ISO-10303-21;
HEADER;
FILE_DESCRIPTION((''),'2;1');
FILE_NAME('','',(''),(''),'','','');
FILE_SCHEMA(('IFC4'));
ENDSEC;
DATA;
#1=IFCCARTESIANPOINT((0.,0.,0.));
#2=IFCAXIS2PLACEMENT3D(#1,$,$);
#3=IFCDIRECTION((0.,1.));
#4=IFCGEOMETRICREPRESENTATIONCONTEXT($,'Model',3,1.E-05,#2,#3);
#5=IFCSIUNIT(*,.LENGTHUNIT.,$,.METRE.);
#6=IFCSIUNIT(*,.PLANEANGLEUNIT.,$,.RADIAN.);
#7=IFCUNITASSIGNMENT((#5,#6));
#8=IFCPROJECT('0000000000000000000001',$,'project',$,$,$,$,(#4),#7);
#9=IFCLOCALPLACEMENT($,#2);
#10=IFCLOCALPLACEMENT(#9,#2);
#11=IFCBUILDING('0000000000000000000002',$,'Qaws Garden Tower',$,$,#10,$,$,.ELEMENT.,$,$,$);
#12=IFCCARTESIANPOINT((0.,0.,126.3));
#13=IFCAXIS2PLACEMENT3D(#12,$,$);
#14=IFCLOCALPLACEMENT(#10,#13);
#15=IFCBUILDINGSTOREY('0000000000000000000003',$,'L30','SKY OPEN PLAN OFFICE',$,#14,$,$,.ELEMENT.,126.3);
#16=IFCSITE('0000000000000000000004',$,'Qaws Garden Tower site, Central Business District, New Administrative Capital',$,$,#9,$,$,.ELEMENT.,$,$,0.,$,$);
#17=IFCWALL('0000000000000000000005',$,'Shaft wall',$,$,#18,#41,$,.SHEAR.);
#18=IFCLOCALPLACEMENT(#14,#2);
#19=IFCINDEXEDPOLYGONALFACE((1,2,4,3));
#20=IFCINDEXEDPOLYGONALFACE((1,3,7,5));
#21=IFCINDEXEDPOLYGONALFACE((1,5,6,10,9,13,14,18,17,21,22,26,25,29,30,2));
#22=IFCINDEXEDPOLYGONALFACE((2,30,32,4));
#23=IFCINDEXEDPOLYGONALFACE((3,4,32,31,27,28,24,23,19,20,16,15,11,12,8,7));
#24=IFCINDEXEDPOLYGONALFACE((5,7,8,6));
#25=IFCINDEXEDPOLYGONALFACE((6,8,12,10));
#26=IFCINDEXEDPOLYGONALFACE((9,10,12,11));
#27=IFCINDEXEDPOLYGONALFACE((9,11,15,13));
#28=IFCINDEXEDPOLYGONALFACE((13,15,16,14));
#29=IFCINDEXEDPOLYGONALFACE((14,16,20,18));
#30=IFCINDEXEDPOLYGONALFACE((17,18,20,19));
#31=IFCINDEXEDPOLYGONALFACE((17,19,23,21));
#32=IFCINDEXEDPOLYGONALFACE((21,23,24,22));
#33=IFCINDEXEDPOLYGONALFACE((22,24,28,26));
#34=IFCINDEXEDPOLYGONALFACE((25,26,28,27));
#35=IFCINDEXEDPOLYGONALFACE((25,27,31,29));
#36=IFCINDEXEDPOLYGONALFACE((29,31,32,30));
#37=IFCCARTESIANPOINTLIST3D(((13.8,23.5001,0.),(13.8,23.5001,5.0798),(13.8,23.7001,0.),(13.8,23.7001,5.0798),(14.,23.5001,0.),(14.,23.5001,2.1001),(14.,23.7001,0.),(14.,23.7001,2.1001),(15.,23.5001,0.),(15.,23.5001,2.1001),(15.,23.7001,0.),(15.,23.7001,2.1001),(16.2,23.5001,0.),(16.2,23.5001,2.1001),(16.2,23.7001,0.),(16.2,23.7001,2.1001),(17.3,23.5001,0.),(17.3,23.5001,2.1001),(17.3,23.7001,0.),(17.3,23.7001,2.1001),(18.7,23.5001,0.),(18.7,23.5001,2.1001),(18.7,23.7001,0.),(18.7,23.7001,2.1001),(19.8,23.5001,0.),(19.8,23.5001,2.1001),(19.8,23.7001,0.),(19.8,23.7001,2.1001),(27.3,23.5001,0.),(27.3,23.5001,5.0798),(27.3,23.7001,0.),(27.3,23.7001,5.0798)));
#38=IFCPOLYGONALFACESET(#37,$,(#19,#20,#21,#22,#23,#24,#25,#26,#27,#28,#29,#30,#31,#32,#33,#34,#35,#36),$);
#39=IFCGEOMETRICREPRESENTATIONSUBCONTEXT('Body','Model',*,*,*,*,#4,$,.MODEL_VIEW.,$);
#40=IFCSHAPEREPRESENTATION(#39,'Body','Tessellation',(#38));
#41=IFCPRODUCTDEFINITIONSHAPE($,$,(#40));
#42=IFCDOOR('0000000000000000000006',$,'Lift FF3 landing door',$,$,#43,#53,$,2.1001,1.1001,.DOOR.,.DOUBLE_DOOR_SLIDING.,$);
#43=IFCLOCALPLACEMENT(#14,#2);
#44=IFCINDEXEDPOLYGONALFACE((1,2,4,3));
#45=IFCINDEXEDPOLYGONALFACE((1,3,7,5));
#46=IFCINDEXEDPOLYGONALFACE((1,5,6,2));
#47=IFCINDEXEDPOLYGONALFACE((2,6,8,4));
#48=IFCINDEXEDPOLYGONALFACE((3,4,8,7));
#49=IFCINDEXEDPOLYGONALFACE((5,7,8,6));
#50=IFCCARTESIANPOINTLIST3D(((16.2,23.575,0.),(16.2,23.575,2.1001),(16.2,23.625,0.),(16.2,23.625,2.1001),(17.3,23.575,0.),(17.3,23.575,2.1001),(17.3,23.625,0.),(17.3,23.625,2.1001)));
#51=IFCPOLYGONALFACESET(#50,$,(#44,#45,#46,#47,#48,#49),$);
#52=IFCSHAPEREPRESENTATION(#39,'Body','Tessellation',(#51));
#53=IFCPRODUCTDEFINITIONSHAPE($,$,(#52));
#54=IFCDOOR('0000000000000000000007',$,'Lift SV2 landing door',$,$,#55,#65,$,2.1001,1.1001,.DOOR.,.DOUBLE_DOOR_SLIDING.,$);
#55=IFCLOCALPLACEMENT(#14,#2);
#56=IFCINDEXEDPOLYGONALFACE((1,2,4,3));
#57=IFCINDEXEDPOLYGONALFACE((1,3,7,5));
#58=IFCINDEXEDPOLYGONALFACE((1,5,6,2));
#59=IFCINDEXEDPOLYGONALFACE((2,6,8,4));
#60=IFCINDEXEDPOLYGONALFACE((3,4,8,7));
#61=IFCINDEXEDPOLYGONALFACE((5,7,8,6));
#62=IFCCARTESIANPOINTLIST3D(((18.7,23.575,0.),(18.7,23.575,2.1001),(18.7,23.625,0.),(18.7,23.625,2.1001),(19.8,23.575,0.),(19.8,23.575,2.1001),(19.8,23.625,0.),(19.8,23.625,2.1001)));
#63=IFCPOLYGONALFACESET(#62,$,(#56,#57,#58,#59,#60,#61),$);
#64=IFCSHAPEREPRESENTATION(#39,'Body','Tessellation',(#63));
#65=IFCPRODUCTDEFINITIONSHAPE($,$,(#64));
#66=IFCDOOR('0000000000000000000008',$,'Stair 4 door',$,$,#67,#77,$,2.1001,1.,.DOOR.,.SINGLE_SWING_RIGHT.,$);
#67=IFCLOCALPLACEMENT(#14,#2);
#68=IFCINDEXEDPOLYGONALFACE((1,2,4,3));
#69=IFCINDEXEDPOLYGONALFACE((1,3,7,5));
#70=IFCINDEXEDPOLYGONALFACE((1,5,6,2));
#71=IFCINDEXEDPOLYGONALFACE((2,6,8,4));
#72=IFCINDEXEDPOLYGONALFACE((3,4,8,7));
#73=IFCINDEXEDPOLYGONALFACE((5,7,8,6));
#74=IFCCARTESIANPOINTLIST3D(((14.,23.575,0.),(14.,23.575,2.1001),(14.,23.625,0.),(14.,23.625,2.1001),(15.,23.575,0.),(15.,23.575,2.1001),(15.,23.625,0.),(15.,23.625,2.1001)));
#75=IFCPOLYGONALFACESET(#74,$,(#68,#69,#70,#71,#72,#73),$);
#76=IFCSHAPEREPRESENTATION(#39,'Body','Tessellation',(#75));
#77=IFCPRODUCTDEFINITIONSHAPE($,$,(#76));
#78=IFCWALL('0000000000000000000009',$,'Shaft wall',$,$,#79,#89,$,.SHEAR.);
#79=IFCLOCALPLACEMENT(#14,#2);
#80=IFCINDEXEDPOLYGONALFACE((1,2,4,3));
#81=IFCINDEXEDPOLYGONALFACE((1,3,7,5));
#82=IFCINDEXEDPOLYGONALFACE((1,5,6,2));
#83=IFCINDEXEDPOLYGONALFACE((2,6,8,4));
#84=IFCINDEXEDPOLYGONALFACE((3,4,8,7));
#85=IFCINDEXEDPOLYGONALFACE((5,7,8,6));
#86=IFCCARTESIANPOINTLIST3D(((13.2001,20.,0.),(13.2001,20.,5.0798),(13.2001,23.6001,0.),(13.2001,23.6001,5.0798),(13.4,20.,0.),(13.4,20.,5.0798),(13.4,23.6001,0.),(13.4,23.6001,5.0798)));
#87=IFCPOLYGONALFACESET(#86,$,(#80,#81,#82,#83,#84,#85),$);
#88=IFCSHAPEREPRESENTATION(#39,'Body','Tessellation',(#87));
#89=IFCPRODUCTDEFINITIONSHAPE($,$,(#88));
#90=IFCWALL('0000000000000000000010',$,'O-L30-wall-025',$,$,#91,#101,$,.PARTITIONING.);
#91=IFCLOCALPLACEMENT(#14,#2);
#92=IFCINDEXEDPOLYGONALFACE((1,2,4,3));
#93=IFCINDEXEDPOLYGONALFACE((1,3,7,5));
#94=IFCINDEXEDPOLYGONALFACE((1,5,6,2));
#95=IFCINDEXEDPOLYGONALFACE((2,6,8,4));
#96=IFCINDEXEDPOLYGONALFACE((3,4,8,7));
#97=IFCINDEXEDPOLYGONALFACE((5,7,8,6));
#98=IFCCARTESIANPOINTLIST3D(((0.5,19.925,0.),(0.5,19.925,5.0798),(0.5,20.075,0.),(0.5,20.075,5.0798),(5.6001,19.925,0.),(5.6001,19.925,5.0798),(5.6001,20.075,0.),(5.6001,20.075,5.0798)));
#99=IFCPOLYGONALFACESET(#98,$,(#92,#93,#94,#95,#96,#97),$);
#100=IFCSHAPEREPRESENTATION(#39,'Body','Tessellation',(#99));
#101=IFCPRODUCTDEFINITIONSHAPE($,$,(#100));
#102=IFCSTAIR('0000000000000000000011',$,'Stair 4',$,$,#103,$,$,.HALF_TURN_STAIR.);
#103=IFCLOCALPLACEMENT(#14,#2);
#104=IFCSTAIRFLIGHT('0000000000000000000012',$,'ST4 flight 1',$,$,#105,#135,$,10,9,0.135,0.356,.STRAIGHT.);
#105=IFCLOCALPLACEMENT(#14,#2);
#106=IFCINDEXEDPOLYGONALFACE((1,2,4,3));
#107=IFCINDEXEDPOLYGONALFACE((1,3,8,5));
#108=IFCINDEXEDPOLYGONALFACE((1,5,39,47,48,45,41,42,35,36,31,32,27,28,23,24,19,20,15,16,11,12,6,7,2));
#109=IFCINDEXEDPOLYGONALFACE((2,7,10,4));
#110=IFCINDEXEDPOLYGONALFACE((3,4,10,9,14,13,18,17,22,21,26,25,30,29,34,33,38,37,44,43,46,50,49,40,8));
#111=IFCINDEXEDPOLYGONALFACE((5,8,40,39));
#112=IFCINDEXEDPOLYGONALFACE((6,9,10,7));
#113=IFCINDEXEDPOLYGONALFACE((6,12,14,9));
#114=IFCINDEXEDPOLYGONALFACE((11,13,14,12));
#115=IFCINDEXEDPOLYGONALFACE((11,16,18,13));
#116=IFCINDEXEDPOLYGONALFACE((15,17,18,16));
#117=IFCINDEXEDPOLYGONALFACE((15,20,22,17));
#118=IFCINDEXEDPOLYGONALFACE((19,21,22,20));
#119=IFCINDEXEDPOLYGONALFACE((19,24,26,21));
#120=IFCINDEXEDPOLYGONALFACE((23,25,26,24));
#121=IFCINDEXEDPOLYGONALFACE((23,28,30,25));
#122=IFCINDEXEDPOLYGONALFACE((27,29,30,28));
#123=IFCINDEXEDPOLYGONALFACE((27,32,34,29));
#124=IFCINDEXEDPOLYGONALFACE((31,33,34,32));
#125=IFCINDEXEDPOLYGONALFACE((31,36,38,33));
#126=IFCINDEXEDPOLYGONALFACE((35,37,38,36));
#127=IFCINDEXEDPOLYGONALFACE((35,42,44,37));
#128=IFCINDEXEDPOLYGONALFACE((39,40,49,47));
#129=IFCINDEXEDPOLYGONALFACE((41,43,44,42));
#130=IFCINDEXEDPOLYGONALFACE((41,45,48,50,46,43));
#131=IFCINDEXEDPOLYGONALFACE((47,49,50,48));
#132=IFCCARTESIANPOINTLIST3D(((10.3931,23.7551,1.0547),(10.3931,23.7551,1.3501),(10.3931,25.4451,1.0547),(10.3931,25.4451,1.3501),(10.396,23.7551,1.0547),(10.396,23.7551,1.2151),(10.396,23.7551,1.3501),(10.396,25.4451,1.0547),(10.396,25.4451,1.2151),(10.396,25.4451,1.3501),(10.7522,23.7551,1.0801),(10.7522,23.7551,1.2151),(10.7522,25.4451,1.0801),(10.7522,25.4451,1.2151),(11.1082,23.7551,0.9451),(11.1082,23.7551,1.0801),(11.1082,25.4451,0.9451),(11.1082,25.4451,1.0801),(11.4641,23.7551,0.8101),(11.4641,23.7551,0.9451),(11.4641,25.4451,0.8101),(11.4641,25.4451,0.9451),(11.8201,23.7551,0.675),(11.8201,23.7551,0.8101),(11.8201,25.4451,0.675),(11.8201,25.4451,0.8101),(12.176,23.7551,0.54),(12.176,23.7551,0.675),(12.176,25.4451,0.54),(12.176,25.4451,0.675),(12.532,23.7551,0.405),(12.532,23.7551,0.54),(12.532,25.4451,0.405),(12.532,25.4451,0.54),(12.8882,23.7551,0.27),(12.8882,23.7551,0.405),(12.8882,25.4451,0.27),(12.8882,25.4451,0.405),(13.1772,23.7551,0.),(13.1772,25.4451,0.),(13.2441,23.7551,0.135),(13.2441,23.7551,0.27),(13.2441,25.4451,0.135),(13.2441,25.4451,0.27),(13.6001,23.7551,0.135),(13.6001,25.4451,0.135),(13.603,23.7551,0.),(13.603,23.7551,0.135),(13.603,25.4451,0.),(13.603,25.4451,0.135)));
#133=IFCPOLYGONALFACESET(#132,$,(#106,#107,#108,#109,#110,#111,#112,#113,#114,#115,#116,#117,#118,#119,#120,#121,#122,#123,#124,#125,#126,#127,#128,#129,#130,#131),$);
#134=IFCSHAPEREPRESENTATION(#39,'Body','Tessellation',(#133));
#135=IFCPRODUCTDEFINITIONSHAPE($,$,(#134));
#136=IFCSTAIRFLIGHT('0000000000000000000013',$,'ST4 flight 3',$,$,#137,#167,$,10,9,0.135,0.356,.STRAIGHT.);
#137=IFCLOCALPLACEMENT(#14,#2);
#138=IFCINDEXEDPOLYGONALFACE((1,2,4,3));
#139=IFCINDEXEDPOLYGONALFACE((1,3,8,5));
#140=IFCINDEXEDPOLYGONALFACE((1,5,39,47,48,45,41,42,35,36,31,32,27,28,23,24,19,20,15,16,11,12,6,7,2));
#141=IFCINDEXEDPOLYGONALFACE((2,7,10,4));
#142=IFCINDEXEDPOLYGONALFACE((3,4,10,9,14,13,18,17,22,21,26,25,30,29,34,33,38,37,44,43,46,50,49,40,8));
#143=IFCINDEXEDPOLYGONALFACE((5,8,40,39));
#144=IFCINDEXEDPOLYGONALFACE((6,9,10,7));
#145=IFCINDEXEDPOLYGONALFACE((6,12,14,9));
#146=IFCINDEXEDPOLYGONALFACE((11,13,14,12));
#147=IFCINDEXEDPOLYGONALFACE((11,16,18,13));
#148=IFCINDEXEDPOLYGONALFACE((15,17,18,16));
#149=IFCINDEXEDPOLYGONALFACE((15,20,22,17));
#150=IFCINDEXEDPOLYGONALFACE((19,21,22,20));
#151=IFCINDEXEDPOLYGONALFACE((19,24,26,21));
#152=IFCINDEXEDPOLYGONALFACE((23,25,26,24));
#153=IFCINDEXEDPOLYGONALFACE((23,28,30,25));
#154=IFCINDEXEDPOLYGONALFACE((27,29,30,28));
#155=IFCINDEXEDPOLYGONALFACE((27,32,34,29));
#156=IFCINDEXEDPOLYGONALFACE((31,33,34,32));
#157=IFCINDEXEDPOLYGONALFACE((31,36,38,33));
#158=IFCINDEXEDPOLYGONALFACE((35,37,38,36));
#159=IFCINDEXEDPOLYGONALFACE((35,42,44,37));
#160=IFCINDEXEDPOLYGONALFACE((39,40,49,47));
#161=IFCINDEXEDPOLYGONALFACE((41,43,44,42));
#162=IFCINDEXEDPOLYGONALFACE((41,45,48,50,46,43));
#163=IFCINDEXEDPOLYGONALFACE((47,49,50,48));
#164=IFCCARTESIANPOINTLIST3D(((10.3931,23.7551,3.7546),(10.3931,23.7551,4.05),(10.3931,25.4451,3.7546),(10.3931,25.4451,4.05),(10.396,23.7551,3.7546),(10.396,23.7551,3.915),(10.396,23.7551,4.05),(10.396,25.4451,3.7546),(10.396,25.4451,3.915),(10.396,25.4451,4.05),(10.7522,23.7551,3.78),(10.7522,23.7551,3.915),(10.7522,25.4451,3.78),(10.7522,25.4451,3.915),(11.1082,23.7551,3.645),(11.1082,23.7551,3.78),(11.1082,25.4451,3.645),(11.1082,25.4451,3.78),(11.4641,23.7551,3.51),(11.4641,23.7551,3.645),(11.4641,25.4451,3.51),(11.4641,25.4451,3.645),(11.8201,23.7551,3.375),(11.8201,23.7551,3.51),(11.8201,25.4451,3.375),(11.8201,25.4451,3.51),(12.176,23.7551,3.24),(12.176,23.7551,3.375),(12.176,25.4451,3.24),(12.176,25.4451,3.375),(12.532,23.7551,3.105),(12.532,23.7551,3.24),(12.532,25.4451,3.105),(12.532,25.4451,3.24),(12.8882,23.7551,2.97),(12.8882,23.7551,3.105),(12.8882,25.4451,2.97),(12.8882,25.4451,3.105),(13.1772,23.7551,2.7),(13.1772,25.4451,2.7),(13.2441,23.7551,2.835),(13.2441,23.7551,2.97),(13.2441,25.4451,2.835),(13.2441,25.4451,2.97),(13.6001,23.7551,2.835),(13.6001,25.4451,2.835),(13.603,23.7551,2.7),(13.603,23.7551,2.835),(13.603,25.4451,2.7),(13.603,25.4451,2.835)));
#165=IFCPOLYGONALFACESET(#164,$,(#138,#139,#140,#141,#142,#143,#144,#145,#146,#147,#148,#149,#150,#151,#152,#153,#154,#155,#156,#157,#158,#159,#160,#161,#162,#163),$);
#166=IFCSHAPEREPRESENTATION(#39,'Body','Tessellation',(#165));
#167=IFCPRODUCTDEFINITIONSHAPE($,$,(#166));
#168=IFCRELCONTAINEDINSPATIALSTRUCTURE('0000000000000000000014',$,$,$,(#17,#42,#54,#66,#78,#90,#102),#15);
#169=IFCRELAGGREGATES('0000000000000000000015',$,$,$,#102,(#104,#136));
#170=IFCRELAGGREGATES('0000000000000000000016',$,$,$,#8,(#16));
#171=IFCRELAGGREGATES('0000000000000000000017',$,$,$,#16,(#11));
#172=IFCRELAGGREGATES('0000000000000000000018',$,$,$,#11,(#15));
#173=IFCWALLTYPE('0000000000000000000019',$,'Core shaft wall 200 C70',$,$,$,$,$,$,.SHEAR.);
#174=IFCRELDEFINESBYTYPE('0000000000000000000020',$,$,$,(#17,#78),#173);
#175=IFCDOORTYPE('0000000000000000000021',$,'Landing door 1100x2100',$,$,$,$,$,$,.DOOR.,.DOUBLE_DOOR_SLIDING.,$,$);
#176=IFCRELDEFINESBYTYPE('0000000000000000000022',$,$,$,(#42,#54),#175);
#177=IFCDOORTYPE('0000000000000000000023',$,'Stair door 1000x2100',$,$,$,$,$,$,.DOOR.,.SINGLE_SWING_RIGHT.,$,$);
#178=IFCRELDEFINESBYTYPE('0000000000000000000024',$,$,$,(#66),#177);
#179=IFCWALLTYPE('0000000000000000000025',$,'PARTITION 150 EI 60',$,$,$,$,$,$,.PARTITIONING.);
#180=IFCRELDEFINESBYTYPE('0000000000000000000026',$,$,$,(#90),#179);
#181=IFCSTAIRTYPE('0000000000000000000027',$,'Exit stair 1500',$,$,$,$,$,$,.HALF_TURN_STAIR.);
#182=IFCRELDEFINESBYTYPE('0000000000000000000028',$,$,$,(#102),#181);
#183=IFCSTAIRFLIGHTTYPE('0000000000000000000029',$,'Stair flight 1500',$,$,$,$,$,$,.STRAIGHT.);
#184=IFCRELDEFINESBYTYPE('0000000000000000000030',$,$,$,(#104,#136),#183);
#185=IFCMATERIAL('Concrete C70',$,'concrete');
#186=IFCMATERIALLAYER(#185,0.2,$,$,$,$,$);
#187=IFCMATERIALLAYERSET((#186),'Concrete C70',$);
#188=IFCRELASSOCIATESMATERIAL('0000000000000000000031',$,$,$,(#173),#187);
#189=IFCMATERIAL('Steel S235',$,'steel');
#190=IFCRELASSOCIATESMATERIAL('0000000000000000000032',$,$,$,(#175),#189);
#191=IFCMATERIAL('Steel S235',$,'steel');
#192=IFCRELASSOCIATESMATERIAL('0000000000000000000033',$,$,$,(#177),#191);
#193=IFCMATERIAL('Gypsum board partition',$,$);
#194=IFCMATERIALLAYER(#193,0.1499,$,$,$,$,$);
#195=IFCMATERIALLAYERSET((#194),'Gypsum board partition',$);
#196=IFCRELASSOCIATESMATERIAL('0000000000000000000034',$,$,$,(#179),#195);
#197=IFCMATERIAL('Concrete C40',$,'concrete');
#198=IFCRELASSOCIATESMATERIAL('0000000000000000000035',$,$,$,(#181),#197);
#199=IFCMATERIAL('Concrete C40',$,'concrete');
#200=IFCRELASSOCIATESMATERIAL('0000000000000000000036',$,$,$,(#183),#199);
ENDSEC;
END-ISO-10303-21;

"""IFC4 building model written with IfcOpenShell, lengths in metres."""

from ifc_helpers import new_model, si_unit, direction, frame, frame_2d, origin, place, context, subcontext, project, spatial, polyline, rectangle, outline, extrude, material, layer, layer_set, type_object, element, fill, aggregate, save


model = new_model("IFC4")

# Units and contexts
model_context = context("Model", 3, precision=1e-05, world=origin(), true_north=direction((0.0, 1.0)))
body_context = subcontext(model_context, "Body", "Model", "MODEL_VIEW")
ifc_project = project(units=[si_unit("LENGTHUNIT", "METRE"), si_unit("PLANEANGLEUNIT", "RADIAN")], contexts=[model_context])

# Site, building, storey
site_placement = place(None, origin())
site = spatial("IfcSite", under=ifc_project, at=site_placement, Name="Qaws Garden Tower site, Central Business District, New Administrative Capital", CompositionType="ELEMENT", RefElevation=0.0)
building_placement = place(site_placement, origin())
building = spatial("IfcBuilding", under=site, at=building_placement, Name="Qaws Garden Tower", CompositionType="ELEMENT")
storey_placement = place(building_placement, frame((0.0, 0.0, 126.3)))
storey = spatial("IfcBuildingStorey", under=building, at=storey_placement, Name="L30", Description="SKY OPEN PLAN OFFICE", CompositionType="ELEMENT", Elevation=126.3)

# Shared definitions
ifc_material_1 = material(Name="Concrete C70", Category="concrete")
ifc_layer_1 = layer(ifc_material_1, 0.2)
ifc_layer_set_1 = layer_set([ifc_layer_1], Name="Concrete C70")
wall_type_1 = type_object("IfcWallType", Name="Core shaft wall 200 C70", PredefinedType="SHEAR", material=ifc_layer_set_1)

# Wall, openings, doors
wall_1_placement = place(storey_placement, frame((13.8, 23.6001, 0.0), z_axis=(0.0, 0.0, 1.0), x_axis=(1.0, 0.0, 0.0)))
wall_1 = element("IfcWall", 1, at=wall_1_placement, inside=storey, type_object=wall_type_1, Name="Shaft wall", PredefinedType="SHEAR", context=body_context, shape_type="SweptSolid", body=[
    extrude(rectangle(XDim=13.5, YDim=0.2, at=frame_2d((6.75, 0.0))), origin(), (0.0, 0.0, 1.0), 5.0798),
])
opening_1_placement = place(wall_1_placement, frame((2.3999, 0.0, 0.0)))
opening_1 = element("IfcOpeningElement", 2, at=opening_1_placement, cuts=wall_1, PredefinedType="OPENING", context=body_context, shape_type="SweptSolid", body=[
    extrude(rectangle(XDim=1.1001, YDim=2.1001, at=frame_2d((0.55, 1.05))), frame((0.0, 0.1099, 0.0), z_axis=(0.0, -1.0, 0.0), x_axis=(1.0, 0.0, 0.0)), (0.0, 0.0, 1.0), 0.22),
])
opening_2_placement = place(wall_1_placement, frame((4.8999, 0.0, 0.0)))
opening_2 = element("IfcOpeningElement", 3, at=opening_2_placement, cuts=wall_1, PredefinedType="OPENING", context=body_context, shape_type="SweptSolid", body=[
    extrude(rectangle(XDim=1.1001, YDim=2.1001, at=frame_2d((0.55, 1.05))), frame((0.0, 0.1099, 0.0), z_axis=(0.0, -1.0, 0.0), x_axis=(1.0, 0.0, 0.0)), (0.0, 0.0, 1.0), 0.22),
])
opening_3_placement = place(wall_1_placement, frame((0.2, 0.0, 0.0)))
opening_3 = element("IfcOpeningElement", 4, at=opening_3_placement, cuts=wall_1, PredefinedType="OPENING", context=body_context, shape_type="SweptSolid", body=[
    extrude(rectangle(XDim=1.0, YDim=2.1001, at=frame_2d((0.5, 1.05))), frame((0.0, 0.1099, 0.0), z_axis=(0.0, -1.0, 0.0), x_axis=(1.0, 0.0, 0.0)), (0.0, 0.0, 1.0), 0.22),
])
ifc_material_2 = material(Name="Steel S235", Category="steel")
door_type_1 = type_object("IfcDoorType", Name="Landing door 1100x2100", OperationType="DOUBLE_DOOR_SLIDING", PredefinedType="DOOR", material=ifc_material_2)
door_1_placement = place(opening_1_placement, origin())
door_1 = element("IfcDoor", 5, at=door_1_placement, inside=storey, type_object=door_type_1, Name="Lift FF3 landing door", OperationType="DOUBLE_DOOR_SLIDING", OverallHeight=2.1001, OverallWidth=1.1001, PredefinedType="DOOR", context=body_context, shape_type="SweptSolid", body=[
    extrude(rectangle(XDim=1.1001, YDim=2.1001, at=frame_2d((0.55, 1.05))), frame((0.0, 0.0249, 0.0), z_axis=(0.0, -1.0, 0.0), x_axis=(1.0, 0.0, 0.0)), (0.0, 0.0, 1.0), 0.05),
])
fill(opening_1, door_1)
door_2_placement = place(opening_2_placement, origin())
door_2 = element("IfcDoor", 6, at=door_2_placement, inside=storey, type_object=door_type_1, Name="Lift SV2 landing door", OperationType="DOUBLE_DOOR_SLIDING", OverallHeight=2.1001, OverallWidth=1.1001, PredefinedType="DOOR", context=body_context, shape_type="SweptSolid", body=[
    extrude(rectangle(XDim=1.1001, YDim=2.1001, at=frame_2d((0.55, 1.05))), frame((0.0, 0.0249, 0.0), z_axis=(0.0, -1.0, 0.0), x_axis=(1.0, 0.0, 0.0)), (0.0, 0.0, 1.0), 0.05),
])
fill(opening_2, door_2)
ifc_material_3 = material(Name="Steel S235", Category="steel")
door_type_2 = type_object("IfcDoorType", Name="Stair door 1000x2100", OperationType="SINGLE_SWING_RIGHT", PredefinedType="DOOR", material=ifc_material_3)
door_3_placement = place(opening_3_placement, origin())
door_3 = element("IfcDoor", 7, at=door_3_placement, inside=storey, type_object=door_type_2, Name="Stair 4 door", OperationType="SINGLE_SWING_RIGHT", OverallHeight=2.1001, OverallWidth=1.0, PredefinedType="DOOR", context=body_context, shape_type="SweptSolid", body=[
    extrude(rectangle(XDim=1.0, YDim=2.1001, at=frame_2d((0.5, 1.05))), frame((0.0, 0.0249, 0.0), z_axis=(0.0, -1.0, 0.0), x_axis=(1.0, 0.0, 0.0)), (0.0, 0.0, 1.0), 0.05),
])
fill(opening_3, door_3)

# Walls
wall_2_placement = place(storey_placement, frame((13.3, 20.0, 0.0), z_axis=(0.0, 0.0, 1.0), x_axis=(0.0, 1.0, 0.0)))
element("IfcWall", 8, at=wall_2_placement, inside=storey, type_object=wall_type_1, Name="Shaft wall", PredefinedType="SHEAR", context=body_context, shape_type="SweptSolid", body=[
    extrude(rectangle(XDim=3.6001, YDim=0.2, at=frame_2d((1.8, 0.0))), origin(), (0.0, 0.0, 1.0), 5.0798),
])
ifc_material_4 = material(Name="Gypsum board partition")
ifc_layer_2 = layer(ifc_material_4, 0.1499)
ifc_layer_set_2 = layer_set([ifc_layer_2], Name="Gypsum board partition")
wall_type_2 = type_object("IfcWallType", Name="PARTITION 150 EI 60", PredefinedType="PARTITIONING", material=ifc_layer_set_2)
wall_3_placement = place(storey_placement, frame((0.5, 20.0, 0.0), z_axis=(0.0, 0.0, 1.0), x_axis=(1.0, 0.0, 0.0)))
element("IfcWall", 9, at=wall_3_placement, inside=storey, type_object=wall_type_2, Name="O-L30-wall-025", PredefinedType="PARTITIONING", context=body_context, shape_type="SweptSolid", body=[
    extrude(rectangle(XDim=5.1001, YDim=0.1499, at=frame_2d((2.55, 0.0))), origin(), (0.0, 0.0, 1.0), 5.0798),
])

# Stair, stair flights
ifc_material_5 = material(Name="Concrete C40", Category="concrete")
stair_type = type_object("IfcStairType", Name="Exit stair 1500", PredefinedType="HALF_TURN_STAIR", material=ifc_material_5)
stair_placement = place(storey_placement, origin())
stair = element("IfcStair", 10, at=stair_placement, inside=storey, type_object=stair_type, Name="Stair 4", PredefinedType="HALF_TURN_STAIR")
ifc_material_6 = material(Name="Concrete C40", Category="concrete")
stair_flight_type = type_object("IfcStairFlightType", Name="Stair flight 1500", PredefinedType="STRAIGHT", material=ifc_material_6)
stair_flight_1_placement = place(storey_placement, frame((13.6001, 24.6001, 0.0), z_axis=(0.0, 0.0, 1.0), x_axis=(-1.0, 0.0, 0.0)))
stair_flight_1 = element("IfcStairFlight", 11, at=stair_flight_1_placement, type_object=stair_flight_type, Name="ST4 flight 1", NumberOfRisers=10, NumberOfTreads=9, PredefinedType="STRAIGHT", RiserHeight=0.135, TreadLength=0.356, context=body_context, shape_type="SweptSolid", body=[
    extrude(outline(polyline([(-0.0029, 0.0), (-0.0029, 0.135), (0.0, 0.135), (0.356, 0.135), (0.356, 0.27), (0.7119, 0.27), (0.7119, 0.405), (1.0681, 0.405), (1.0681, 0.54), (1.4241, 0.54), (1.4241, 0.675), (1.78, 0.675), (1.78, 0.8101), (2.136, 0.8101), (2.136, 0.9451), (2.4919, 0.9451), (2.4919, 1.0801), (2.8479, 1.0801), (2.8479, 1.2151), (3.2041, 1.2151), (3.2041, 1.3501), (3.207, 1.3501), (3.207, 1.0547), (3.2041, 1.0547), (0.4229, 0.0), (-0.0029, 0.0)])), frame((0.0, 0.845, 0.0), z_axis=(0.0, -1.0, 0.0), x_axis=(1.0, 0.0, 0.0)), (0.0, 0.0, 1.0), 1.6899),
])
stair_flight_2_placement = place(storey_placement, frame((13.6001, 24.6001, 2.7), z_axis=(0.0, 0.0, 1.0), x_axis=(-1.0, 0.0, 0.0)))
stair_flight_2 = element("IfcStairFlight", 12, at=stair_flight_2_placement, type_object=stair_flight_type, Name="ST4 flight 3", NumberOfRisers=10, NumberOfTreads=9, PredefinedType="STRAIGHT", RiserHeight=0.135, TreadLength=0.356, context=body_context, shape_type="SweptSolid", body=[
    extrude(outline(polyline([(-0.0029, 0.0), (-0.0029, 0.135), (0.0, 0.135), (0.356, 0.135), (0.356, 0.27), (0.7119, 0.27), (0.7119, 0.405), (1.0681, 0.405), (1.0681, 0.54), (1.4241, 0.54), (1.4241, 0.675), (1.78, 0.675), (1.78, 0.8101), (2.136, 0.8101), (2.136, 0.9451), (2.4919, 0.9451), (2.4919, 1.0801), (2.8479, 1.0801), (2.8479, 1.2151), (3.2041, 1.2151), (3.2041, 1.3501), (3.207, 1.3501), (3.207, 1.0547), (3.2041, 1.0547), (0.4229, 0.0), (-0.0029, 0.0)])), frame((0.0, 0.845, 0.0), z_axis=(0.0, -1.0, 0.0), x_axis=(1.0, 0.0, 0.0)), (0.0, 0.0, 1.0), 1.6899),
])
aggregate(stair, [stair_flight_1, stair_flight_2])

save(model, "model.ifc")
